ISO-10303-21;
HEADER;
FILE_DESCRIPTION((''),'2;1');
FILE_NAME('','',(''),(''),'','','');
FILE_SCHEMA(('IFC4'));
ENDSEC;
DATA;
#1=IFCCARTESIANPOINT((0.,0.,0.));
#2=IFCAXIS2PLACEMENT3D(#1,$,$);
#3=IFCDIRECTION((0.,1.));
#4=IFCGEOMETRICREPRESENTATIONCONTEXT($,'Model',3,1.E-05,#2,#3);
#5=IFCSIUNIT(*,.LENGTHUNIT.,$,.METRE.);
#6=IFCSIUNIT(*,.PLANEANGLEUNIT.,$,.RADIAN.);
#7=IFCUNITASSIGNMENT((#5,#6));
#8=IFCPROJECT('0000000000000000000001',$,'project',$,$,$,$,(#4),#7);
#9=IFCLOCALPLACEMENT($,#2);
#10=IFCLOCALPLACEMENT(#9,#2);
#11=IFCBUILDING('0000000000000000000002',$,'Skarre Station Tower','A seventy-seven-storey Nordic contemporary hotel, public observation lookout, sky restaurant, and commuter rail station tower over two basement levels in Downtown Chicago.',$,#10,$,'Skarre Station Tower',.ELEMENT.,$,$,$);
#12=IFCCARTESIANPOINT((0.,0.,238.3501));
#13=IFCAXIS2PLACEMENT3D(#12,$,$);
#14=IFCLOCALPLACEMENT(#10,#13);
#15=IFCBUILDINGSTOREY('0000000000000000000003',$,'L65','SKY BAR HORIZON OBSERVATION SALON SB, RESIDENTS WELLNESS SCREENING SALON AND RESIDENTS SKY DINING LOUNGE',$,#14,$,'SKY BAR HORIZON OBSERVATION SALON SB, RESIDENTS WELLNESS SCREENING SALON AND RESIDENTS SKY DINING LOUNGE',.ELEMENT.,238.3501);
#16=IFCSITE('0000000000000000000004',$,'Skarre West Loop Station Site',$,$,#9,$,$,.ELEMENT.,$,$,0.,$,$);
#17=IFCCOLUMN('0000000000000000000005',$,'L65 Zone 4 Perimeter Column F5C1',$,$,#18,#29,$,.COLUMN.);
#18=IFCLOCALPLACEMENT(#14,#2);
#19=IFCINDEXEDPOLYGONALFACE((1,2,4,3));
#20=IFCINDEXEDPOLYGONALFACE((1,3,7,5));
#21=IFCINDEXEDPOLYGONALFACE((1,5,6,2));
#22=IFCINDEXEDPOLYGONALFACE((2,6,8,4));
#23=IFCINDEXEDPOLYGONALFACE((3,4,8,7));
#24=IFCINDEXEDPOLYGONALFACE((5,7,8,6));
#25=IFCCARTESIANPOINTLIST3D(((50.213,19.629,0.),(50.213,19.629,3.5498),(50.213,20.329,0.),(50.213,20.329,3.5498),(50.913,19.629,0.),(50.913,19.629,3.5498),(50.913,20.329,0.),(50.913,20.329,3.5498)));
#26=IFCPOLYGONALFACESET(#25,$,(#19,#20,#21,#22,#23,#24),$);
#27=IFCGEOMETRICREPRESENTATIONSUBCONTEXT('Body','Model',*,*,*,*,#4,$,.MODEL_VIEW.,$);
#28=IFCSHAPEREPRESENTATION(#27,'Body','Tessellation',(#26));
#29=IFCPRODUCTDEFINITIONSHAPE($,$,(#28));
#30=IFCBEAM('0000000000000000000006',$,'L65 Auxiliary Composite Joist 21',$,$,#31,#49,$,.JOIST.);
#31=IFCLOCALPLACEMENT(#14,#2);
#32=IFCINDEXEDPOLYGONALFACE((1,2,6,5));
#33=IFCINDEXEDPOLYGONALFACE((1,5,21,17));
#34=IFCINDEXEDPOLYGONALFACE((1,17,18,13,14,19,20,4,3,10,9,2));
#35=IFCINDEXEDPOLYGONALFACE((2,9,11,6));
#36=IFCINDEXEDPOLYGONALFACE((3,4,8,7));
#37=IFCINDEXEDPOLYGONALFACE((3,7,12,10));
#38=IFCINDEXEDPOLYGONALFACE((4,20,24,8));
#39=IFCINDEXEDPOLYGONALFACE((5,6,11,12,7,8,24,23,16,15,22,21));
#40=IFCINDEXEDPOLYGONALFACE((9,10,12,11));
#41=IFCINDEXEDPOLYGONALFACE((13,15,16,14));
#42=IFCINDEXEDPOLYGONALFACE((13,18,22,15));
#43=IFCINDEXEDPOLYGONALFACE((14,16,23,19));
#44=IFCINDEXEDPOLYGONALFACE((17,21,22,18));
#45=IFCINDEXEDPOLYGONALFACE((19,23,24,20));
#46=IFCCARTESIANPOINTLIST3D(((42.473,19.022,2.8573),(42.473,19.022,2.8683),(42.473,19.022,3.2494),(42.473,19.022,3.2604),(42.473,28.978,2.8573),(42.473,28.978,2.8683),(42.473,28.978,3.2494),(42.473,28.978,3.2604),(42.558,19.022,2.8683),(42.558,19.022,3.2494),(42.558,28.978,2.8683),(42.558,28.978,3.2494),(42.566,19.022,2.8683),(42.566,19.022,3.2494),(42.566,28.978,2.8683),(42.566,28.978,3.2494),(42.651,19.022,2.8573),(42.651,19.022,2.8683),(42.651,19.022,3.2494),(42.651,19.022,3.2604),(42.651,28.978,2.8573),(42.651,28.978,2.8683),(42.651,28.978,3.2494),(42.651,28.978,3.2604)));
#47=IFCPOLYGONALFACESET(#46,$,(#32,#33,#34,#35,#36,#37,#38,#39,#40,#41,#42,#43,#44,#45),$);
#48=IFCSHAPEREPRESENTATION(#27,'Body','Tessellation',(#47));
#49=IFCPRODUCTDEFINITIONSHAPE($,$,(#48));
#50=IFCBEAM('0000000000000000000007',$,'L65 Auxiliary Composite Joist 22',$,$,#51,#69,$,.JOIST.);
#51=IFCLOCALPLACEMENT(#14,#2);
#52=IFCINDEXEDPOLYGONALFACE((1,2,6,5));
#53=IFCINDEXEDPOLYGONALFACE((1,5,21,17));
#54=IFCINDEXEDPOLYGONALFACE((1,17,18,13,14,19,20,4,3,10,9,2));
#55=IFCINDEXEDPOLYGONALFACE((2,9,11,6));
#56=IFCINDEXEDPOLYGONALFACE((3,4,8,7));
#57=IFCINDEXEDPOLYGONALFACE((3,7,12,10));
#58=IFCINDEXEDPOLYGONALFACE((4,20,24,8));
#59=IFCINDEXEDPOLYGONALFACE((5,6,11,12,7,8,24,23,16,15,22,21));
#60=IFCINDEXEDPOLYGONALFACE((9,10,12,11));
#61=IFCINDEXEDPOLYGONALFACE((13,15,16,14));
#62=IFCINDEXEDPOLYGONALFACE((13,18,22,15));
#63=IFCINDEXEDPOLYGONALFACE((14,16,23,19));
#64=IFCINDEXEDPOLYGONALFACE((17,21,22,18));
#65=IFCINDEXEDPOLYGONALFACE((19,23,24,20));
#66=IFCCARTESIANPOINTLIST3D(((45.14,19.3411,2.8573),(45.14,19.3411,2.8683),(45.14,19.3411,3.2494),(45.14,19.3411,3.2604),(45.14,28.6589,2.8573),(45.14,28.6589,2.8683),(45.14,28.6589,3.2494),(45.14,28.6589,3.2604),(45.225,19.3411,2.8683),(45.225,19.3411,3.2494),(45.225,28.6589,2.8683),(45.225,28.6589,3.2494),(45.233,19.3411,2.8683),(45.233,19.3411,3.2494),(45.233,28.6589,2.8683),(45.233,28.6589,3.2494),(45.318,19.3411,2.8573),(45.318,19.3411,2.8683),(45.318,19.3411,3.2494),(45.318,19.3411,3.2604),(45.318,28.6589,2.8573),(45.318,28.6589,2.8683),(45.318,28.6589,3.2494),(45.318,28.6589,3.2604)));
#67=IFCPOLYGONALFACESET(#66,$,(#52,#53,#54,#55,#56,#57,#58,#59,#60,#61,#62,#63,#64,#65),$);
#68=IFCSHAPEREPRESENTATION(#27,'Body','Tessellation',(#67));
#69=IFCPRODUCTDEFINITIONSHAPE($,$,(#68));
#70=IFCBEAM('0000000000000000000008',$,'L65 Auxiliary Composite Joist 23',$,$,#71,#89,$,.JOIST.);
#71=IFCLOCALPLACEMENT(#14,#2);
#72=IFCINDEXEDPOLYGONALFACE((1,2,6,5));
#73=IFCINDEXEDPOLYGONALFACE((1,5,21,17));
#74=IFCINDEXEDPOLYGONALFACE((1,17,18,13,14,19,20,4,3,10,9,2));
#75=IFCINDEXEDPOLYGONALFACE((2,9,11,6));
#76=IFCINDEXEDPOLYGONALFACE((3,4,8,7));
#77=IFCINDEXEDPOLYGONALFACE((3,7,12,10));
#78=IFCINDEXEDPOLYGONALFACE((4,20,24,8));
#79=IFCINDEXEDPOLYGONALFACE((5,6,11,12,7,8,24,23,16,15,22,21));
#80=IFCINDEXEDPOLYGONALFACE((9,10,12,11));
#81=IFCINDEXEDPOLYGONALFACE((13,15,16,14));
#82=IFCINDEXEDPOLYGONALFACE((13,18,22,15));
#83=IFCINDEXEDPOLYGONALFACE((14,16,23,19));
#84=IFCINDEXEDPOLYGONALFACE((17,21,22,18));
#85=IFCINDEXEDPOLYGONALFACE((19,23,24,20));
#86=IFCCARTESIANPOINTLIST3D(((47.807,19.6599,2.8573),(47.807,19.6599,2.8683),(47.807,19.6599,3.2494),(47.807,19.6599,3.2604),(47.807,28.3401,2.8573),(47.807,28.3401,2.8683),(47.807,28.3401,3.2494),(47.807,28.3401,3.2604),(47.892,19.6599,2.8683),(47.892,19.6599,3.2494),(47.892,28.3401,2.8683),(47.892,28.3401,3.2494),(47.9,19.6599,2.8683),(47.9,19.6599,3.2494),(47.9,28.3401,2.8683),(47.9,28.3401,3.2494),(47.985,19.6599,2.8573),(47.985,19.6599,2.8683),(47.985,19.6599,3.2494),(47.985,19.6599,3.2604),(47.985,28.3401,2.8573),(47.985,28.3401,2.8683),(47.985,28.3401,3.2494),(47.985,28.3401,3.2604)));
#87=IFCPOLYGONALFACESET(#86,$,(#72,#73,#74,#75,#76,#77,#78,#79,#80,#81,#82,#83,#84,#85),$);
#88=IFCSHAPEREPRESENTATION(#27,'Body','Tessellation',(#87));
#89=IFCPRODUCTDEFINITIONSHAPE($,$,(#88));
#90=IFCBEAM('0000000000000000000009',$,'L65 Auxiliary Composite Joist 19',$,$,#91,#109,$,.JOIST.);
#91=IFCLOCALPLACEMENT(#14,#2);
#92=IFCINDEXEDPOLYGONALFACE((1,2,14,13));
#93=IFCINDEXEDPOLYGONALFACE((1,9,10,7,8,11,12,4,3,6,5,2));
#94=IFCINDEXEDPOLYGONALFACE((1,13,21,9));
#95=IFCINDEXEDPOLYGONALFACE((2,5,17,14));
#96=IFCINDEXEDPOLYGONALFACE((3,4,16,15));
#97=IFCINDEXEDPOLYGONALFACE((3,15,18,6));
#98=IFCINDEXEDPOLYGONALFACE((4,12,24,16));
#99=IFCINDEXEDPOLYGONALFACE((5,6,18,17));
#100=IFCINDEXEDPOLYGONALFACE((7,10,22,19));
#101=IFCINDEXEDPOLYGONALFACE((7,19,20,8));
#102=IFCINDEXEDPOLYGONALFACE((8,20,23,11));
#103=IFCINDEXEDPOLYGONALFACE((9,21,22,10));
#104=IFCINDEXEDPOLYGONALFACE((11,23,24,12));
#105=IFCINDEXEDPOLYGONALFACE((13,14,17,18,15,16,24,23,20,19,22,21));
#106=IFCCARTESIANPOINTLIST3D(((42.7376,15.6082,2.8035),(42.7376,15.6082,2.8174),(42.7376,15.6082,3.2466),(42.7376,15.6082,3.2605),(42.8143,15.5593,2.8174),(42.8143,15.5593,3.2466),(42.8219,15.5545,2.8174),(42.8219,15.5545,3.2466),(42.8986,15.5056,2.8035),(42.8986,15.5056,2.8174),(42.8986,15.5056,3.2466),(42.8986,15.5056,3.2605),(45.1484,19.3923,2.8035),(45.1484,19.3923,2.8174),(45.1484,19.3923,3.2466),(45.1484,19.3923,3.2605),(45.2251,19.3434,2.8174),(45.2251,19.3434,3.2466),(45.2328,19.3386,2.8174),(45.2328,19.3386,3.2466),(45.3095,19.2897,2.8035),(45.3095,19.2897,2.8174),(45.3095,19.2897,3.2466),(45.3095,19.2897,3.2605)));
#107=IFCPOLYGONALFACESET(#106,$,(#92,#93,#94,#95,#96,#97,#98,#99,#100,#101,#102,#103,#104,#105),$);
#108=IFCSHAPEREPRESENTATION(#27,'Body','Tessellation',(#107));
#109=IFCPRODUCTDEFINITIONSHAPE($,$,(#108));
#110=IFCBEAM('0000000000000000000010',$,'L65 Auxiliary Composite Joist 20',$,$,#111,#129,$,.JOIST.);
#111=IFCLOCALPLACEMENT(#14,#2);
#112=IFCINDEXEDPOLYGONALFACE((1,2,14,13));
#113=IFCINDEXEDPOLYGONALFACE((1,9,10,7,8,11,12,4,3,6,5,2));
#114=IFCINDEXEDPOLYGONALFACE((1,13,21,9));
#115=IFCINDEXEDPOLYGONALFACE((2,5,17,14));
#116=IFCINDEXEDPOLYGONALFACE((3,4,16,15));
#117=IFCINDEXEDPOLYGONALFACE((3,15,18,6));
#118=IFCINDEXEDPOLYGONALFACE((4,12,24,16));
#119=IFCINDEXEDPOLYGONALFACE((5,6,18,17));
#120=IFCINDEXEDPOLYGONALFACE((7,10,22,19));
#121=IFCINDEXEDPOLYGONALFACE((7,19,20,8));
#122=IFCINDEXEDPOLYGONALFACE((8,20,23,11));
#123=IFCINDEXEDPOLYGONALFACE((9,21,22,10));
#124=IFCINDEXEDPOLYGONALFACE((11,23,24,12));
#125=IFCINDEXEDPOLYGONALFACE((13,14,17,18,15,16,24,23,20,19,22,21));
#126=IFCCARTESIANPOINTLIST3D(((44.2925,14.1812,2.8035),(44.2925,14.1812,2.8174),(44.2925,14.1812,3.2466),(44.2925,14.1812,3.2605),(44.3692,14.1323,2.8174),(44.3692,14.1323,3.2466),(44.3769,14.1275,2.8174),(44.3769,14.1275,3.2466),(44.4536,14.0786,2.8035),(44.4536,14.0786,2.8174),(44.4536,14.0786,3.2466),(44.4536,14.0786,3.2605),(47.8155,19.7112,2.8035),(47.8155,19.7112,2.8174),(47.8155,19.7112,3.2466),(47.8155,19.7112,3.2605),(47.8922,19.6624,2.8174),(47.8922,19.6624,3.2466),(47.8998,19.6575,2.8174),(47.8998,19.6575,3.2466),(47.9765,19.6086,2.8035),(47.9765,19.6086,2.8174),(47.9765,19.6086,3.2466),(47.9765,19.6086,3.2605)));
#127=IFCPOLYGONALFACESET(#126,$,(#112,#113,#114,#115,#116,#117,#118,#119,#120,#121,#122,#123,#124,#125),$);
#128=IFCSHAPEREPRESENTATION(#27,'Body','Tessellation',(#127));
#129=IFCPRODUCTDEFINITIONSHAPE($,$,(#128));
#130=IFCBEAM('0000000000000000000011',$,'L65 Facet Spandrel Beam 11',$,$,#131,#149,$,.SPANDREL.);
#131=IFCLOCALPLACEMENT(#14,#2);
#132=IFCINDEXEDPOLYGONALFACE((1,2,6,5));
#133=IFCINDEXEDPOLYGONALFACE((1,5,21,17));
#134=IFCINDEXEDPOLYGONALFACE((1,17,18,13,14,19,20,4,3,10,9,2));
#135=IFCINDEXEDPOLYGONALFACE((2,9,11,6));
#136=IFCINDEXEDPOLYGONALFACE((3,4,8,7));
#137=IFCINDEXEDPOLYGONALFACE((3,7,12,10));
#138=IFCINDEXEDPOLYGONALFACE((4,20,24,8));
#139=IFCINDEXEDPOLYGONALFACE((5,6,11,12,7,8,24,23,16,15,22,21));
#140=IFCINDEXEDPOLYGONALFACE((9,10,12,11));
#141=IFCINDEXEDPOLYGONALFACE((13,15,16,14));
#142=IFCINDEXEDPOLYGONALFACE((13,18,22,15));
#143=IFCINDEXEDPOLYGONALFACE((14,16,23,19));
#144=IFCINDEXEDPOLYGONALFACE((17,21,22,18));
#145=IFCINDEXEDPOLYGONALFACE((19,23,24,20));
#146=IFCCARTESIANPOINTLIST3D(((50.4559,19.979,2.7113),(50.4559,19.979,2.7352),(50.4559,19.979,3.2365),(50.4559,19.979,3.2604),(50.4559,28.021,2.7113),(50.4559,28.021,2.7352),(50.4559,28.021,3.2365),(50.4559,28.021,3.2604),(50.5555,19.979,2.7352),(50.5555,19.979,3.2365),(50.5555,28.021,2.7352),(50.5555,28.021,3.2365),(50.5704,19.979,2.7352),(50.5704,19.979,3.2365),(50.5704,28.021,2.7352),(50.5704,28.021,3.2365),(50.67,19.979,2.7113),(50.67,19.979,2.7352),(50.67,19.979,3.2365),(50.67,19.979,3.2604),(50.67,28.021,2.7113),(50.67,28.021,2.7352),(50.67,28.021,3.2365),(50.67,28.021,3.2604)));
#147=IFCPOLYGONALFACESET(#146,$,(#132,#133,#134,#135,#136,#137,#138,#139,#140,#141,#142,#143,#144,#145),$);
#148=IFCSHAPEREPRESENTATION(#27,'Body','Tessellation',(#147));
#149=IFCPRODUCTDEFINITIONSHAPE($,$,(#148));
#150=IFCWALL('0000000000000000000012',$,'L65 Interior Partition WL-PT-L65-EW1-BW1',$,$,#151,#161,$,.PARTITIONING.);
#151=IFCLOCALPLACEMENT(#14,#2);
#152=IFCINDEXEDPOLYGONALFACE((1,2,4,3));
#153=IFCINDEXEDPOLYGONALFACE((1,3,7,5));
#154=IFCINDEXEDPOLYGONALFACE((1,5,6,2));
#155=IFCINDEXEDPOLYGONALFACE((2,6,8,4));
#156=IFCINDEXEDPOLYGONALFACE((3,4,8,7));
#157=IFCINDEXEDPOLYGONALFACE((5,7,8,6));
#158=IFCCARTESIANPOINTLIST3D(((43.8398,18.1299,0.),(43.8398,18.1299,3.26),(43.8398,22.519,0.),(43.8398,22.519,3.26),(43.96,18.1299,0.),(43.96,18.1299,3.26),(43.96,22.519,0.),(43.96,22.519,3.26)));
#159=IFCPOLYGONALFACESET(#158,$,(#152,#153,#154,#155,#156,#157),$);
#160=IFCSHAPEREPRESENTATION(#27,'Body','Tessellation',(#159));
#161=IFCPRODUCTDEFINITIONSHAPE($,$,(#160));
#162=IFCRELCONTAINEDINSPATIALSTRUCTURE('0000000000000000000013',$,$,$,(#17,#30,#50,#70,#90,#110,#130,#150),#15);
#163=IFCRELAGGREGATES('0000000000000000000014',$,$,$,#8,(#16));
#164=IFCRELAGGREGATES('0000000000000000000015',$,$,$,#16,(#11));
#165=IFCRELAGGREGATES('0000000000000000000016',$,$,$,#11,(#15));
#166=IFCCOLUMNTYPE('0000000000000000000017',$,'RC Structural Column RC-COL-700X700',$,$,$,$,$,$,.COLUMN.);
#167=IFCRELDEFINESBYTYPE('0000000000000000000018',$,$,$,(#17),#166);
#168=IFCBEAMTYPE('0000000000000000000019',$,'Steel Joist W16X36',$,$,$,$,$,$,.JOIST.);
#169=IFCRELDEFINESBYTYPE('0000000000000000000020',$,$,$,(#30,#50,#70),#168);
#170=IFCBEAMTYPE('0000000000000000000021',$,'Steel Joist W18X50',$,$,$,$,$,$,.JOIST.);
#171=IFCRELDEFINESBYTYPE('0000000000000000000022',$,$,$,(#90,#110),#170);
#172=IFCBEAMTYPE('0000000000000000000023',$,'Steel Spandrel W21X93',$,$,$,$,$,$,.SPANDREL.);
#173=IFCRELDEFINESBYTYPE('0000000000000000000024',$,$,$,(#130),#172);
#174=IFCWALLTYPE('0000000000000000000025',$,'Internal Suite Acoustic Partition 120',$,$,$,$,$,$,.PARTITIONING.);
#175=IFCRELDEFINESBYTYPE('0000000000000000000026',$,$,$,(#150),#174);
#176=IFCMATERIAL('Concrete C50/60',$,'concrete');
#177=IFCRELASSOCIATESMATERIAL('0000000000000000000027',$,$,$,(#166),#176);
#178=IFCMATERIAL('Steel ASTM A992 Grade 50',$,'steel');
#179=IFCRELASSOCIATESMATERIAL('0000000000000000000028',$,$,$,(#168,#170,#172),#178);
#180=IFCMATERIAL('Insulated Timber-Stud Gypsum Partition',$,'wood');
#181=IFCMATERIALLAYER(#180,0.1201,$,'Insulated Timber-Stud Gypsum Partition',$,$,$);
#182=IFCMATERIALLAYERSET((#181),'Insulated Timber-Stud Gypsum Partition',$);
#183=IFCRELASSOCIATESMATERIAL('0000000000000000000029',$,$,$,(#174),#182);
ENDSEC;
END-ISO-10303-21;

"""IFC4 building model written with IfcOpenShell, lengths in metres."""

from ifc_helpers import new_model, si_unit, direction, frame, frame_2d, origin, origin_2d, place, context, subcontext, project, spatial, rectangle, i_section, extrude, material, layer, layer_set, material_profile, profile_set, type_object, element, save


model = new_model("IFC4")

# Units and contexts
model_context = context("Model", 3, precision=1e-05, world=origin(), true_north=direction((0.0, 1.0)))
body_context = subcontext(model_context, "Body", "Model", "MODEL_VIEW")
ifc_project = project(units=[si_unit("LENGTHUNIT", "METRE"), si_unit("PLANEANGLEUNIT", "RADIAN")], contexts=[model_context])

# Site, building, storey
site_placement = place(None, origin())
site = spatial("IfcSite", under=ifc_project, at=site_placement, Name="Skarre West Loop Station Site", CompositionType="ELEMENT", RefElevation=0.0)
building_placement = place(site_placement, origin())
building = spatial("IfcBuilding", under=site, at=building_placement, Name="Skarre Station Tower", Description="A seventy-seven-storey Nordic contemporary hotel, public observation lookout, sky restaurant, and commuter rail station tower over two basement levels in Downtown Chicago.", LongName="Skarre Station Tower", CompositionType="ELEMENT")
storey_placement = place(building_placement, frame((0.0, 0.0, 238.3501)))
storey = spatial("IfcBuildingStorey", under=building, at=storey_placement, Name="L65", Description="SKY BAR HORIZON OBSERVATION SALON SB, RESIDENTS WELLNESS SCREENING SALON AND RESIDENTS SKY DINING LOUNGE", LongName="SKY BAR HORIZON OBSERVATION SALON SB, RESIDENTS WELLNESS SCREENING SALON AND RESIDENTS SKY DINING LOUNGE", CompositionType="ELEMENT", Elevation=238.3501)

# Column
ifc_material_1 = material(Name="Concrete C50/60", Category="concrete")
ifc_material_profile_1 = material_profile(ifc_material_1, rectangle(XDim=0.7, YDim=0.7, at=origin_2d()), Name="Concrete C50/60")
ifc_profile_set_1 = profile_set([ifc_material_profile_1], Name="Concrete C50/60")
column_type = type_object("IfcColumnType", Name="RC Structural Column RC-COL-700X700", PredefinedType="COLUMN", material=ifc_profile_set_1)
column_placement = place(storey_placement, frame((50.563, 19.979, 0.0), z_axis=(0.0, 0.0, 1.0), x_axis=(1.0, 0.0, 0.0)))
element("IfcColumn", 1, at=column_placement, inside=storey, type_object=column_type, Name="L65 Zone 4 Perimeter Column F5C1", PredefinedType="COLUMN", context=body_context, shape_type="SweptSolid", body=[
    extrude(rectangle(XDim=0.7, YDim=0.7, at=origin_2d()), origin(), (0.0, 0.0, 1.0), 3.5498),
])

# Beams
ifc_material_2 = material(Name="Steel ASTM A992 Grade 50", Category="steel")
ifc_material_profile_2 = material_profile(ifc_material_2, i_section(OverallWidth=0.178, OverallDepth=0.4031, WebThickness=0.0081, FlangeThickness=0.011, at=origin_2d()), Name="Steel ASTM A992 Grade 50")
ifc_profile_set_2 = profile_set([ifc_material_profile_2], Name="Steel ASTM A992 Grade 50")
beam_type_1 = type_object("IfcBeamType", Name="Steel Joist W16X36", PredefinedType="JOIST", material=ifc_profile_set_2)
beam_1_placement = place(storey_placement, frame((42.562, 19.022, 3.0588), z_axis=(0.0, 1.0, 0.0), x_axis=(-1.0, 0.0, 0.0)))
element("IfcBeam", 2, at=beam_1_placement, inside=storey, type_object=beam_type_1, Name="L65 Auxiliary Composite Joist 21", PredefinedType="JOIST", context=body_context, shape_type="SweptSolid", body=[
    extrude(i_section(OverallWidth=0.178, OverallDepth=0.4031, WebThickness=0.0081, FlangeThickness=0.011, at=origin_2d()), origin(), (0.0, 0.0, 1.0), 9.9561),
])
beam_2_placement = place(storey_placement, frame((45.229, 19.3411, 3.0588), z_axis=(0.0, 1.0, 0.0), x_axis=(-1.0, 0.0, 0.0)))
element("IfcBeam", 3, at=beam_2_placement, inside=storey, type_object=beam_type_1, Name="L65 Auxiliary Composite Joist 22", PredefinedType="JOIST", context=body_context, shape_type="SweptSolid", body=[
    extrude(i_section(OverallWidth=0.178, OverallDepth=0.4031, WebThickness=0.0081, FlangeThickness=0.011, at=origin_2d()), origin(), (0.0, 0.0, 1.0), 9.3179),
])
beam_3_placement = place(storey_placement, frame((47.896, 19.6599, 3.0588), z_axis=(0.0, 1.0, 0.0), x_axis=(-1.0, 0.0, 0.0)))
element("IfcBeam", 4, at=beam_3_placement, inside=storey, type_object=beam_type_1, Name="L65 Auxiliary Composite Joist 23", PredefinedType="JOIST", context=body_context, shape_type="SweptSolid", body=[
    extrude(i_section(OverallWidth=0.178, OverallDepth=0.4031, WebThickness=0.0081, FlangeThickness=0.011, at=origin_2d()), origin(), (0.0, 0.0, 1.0), 8.6802),
])
ifc_material_profile_3 = material_profile(ifc_material_2, i_section(OverallWidth=0.1909, OverallDepth=0.457, WebThickness=0.009, FlangeThickness=0.0139, at=origin_2d()), Name="Steel ASTM A992 Grade 50")
ifc_profile_set_3 = profile_set([ifc_material_profile_3], Name="Steel ASTM A992 Grade 50")
beam_type_2 = type_object("IfcBeamType", Name="Steel Joist W18X50", PredefinedType="JOIST", material=ifc_profile_set_3)
beam_4_placement = place(storey_placement, frame((42.8181, 15.5569, 3.032), z_axis=(0.537316, 0.843381, 0.0), x_axis=(-0.843381, 0.537316, 0.0)))
element("IfcBeam", 5, at=beam_4_placement, inside=storey, type_object=beam_type_2, Name="L65 Auxiliary Composite Joist 19", PredefinedType="JOIST", context=body_context, shape_type="SweptSolid", body=[
    extrude(i_section(OverallWidth=0.1909, OverallDepth=0.457, WebThickness=0.009, FlangeThickness=0.0139, at=origin_2d()), origin(), (0.0, 0.0, 1.0), 4.4868),
])
beam_5_placement = place(storey_placement, frame((44.373, 14.1299, 3.032), z_axis=(0.537292, 0.843396, 0.0), x_axis=(-0.843396, 0.537292, 0.0)))
element("IfcBeam", 6, at=beam_5_placement, inside=storey, type_object=beam_type_2, Name="L65 Auxiliary Composite Joist 20", PredefinedType="JOIST", context=body_context, shape_type="SweptSolid", body=[
    extrude(i_section(OverallWidth=0.1909, OverallDepth=0.457, WebThickness=0.009, FlangeThickness=0.0139, at=origin_2d()), origin(), (0.0, 0.0, 1.0), 6.5569),
])
ifc_material_profile_4 = material_profile(ifc_material_2, i_section(OverallWidth=0.2141, OverallDepth=0.5491, WebThickness=0.0149, FlangeThickness=0.0239, at=origin_2d()), Name="Steel ASTM A992 Grade 50")
ifc_profile_set_4 = profile_set([ifc_material_profile_4], Name="Steel ASTM A992 Grade 50")
beam_type_3 = type_object("IfcBeamType", Name="Steel Spandrel W21X93", PredefinedType="SPANDREL", material=ifc_profile_set_4)
beam_6_placement = place(storey_placement, frame((50.563, 19.979, 2.9858), z_axis=(0.0, 1.0, 0.0), x_axis=(-1.0, 0.0, 0.0)))
element("IfcBeam", 7, at=beam_6_placement, inside=storey, type_object=beam_type_3, Name="L65 Facet Spandrel Beam 11", PredefinedType="SPANDREL", context=body_context, shape_type="SweptSolid", body=[
    extrude(i_section(OverallWidth=0.2141, OverallDepth=0.5491, WebThickness=0.0149, FlangeThickness=0.0239, at=origin_2d()), origin(), (0.0, 0.0, 1.0), 8.042),
])

# Wall
ifc_material_3 = material(Name="Insulated Timber-Stud Gypsum Partition", Category="wood")
ifc_layer_1 = layer(ifc_material_3, 0.1201, Name="Insulated Timber-Stud Gypsum Partition")
ifc_layer_set_1 = layer_set([ifc_layer_1], Name="Insulated Timber-Stud Gypsum Partition")
wall_type_1 = type_object("IfcWallType", Name="Internal Suite Acoustic Partition 120", PredefinedType="PARTITIONING", material=ifc_layer_set_1)
wall_1_placement = place(storey_placement, frame((43.8999, 18.1299, 0.0), z_axis=(0.0, 0.0, 1.0), x_axis=(0.0, 1.0, 0.0)))
element("IfcWall", 8, at=wall_1_placement, inside=storey, type_object=wall_type_1, Name="L65 Interior Partition WL-PT-L65-EW1-BW1", PredefinedType="PARTITIONING", context=body_context, shape_type="SweptSolid", body=[
    extrude(rectangle(XDim=4.3892, YDim=0.1201, at=frame_2d((2.1946, 0.0))), origin(), (0.0, 0.0, 1.0), 3.26),
])

save(model, "model.ifc")
